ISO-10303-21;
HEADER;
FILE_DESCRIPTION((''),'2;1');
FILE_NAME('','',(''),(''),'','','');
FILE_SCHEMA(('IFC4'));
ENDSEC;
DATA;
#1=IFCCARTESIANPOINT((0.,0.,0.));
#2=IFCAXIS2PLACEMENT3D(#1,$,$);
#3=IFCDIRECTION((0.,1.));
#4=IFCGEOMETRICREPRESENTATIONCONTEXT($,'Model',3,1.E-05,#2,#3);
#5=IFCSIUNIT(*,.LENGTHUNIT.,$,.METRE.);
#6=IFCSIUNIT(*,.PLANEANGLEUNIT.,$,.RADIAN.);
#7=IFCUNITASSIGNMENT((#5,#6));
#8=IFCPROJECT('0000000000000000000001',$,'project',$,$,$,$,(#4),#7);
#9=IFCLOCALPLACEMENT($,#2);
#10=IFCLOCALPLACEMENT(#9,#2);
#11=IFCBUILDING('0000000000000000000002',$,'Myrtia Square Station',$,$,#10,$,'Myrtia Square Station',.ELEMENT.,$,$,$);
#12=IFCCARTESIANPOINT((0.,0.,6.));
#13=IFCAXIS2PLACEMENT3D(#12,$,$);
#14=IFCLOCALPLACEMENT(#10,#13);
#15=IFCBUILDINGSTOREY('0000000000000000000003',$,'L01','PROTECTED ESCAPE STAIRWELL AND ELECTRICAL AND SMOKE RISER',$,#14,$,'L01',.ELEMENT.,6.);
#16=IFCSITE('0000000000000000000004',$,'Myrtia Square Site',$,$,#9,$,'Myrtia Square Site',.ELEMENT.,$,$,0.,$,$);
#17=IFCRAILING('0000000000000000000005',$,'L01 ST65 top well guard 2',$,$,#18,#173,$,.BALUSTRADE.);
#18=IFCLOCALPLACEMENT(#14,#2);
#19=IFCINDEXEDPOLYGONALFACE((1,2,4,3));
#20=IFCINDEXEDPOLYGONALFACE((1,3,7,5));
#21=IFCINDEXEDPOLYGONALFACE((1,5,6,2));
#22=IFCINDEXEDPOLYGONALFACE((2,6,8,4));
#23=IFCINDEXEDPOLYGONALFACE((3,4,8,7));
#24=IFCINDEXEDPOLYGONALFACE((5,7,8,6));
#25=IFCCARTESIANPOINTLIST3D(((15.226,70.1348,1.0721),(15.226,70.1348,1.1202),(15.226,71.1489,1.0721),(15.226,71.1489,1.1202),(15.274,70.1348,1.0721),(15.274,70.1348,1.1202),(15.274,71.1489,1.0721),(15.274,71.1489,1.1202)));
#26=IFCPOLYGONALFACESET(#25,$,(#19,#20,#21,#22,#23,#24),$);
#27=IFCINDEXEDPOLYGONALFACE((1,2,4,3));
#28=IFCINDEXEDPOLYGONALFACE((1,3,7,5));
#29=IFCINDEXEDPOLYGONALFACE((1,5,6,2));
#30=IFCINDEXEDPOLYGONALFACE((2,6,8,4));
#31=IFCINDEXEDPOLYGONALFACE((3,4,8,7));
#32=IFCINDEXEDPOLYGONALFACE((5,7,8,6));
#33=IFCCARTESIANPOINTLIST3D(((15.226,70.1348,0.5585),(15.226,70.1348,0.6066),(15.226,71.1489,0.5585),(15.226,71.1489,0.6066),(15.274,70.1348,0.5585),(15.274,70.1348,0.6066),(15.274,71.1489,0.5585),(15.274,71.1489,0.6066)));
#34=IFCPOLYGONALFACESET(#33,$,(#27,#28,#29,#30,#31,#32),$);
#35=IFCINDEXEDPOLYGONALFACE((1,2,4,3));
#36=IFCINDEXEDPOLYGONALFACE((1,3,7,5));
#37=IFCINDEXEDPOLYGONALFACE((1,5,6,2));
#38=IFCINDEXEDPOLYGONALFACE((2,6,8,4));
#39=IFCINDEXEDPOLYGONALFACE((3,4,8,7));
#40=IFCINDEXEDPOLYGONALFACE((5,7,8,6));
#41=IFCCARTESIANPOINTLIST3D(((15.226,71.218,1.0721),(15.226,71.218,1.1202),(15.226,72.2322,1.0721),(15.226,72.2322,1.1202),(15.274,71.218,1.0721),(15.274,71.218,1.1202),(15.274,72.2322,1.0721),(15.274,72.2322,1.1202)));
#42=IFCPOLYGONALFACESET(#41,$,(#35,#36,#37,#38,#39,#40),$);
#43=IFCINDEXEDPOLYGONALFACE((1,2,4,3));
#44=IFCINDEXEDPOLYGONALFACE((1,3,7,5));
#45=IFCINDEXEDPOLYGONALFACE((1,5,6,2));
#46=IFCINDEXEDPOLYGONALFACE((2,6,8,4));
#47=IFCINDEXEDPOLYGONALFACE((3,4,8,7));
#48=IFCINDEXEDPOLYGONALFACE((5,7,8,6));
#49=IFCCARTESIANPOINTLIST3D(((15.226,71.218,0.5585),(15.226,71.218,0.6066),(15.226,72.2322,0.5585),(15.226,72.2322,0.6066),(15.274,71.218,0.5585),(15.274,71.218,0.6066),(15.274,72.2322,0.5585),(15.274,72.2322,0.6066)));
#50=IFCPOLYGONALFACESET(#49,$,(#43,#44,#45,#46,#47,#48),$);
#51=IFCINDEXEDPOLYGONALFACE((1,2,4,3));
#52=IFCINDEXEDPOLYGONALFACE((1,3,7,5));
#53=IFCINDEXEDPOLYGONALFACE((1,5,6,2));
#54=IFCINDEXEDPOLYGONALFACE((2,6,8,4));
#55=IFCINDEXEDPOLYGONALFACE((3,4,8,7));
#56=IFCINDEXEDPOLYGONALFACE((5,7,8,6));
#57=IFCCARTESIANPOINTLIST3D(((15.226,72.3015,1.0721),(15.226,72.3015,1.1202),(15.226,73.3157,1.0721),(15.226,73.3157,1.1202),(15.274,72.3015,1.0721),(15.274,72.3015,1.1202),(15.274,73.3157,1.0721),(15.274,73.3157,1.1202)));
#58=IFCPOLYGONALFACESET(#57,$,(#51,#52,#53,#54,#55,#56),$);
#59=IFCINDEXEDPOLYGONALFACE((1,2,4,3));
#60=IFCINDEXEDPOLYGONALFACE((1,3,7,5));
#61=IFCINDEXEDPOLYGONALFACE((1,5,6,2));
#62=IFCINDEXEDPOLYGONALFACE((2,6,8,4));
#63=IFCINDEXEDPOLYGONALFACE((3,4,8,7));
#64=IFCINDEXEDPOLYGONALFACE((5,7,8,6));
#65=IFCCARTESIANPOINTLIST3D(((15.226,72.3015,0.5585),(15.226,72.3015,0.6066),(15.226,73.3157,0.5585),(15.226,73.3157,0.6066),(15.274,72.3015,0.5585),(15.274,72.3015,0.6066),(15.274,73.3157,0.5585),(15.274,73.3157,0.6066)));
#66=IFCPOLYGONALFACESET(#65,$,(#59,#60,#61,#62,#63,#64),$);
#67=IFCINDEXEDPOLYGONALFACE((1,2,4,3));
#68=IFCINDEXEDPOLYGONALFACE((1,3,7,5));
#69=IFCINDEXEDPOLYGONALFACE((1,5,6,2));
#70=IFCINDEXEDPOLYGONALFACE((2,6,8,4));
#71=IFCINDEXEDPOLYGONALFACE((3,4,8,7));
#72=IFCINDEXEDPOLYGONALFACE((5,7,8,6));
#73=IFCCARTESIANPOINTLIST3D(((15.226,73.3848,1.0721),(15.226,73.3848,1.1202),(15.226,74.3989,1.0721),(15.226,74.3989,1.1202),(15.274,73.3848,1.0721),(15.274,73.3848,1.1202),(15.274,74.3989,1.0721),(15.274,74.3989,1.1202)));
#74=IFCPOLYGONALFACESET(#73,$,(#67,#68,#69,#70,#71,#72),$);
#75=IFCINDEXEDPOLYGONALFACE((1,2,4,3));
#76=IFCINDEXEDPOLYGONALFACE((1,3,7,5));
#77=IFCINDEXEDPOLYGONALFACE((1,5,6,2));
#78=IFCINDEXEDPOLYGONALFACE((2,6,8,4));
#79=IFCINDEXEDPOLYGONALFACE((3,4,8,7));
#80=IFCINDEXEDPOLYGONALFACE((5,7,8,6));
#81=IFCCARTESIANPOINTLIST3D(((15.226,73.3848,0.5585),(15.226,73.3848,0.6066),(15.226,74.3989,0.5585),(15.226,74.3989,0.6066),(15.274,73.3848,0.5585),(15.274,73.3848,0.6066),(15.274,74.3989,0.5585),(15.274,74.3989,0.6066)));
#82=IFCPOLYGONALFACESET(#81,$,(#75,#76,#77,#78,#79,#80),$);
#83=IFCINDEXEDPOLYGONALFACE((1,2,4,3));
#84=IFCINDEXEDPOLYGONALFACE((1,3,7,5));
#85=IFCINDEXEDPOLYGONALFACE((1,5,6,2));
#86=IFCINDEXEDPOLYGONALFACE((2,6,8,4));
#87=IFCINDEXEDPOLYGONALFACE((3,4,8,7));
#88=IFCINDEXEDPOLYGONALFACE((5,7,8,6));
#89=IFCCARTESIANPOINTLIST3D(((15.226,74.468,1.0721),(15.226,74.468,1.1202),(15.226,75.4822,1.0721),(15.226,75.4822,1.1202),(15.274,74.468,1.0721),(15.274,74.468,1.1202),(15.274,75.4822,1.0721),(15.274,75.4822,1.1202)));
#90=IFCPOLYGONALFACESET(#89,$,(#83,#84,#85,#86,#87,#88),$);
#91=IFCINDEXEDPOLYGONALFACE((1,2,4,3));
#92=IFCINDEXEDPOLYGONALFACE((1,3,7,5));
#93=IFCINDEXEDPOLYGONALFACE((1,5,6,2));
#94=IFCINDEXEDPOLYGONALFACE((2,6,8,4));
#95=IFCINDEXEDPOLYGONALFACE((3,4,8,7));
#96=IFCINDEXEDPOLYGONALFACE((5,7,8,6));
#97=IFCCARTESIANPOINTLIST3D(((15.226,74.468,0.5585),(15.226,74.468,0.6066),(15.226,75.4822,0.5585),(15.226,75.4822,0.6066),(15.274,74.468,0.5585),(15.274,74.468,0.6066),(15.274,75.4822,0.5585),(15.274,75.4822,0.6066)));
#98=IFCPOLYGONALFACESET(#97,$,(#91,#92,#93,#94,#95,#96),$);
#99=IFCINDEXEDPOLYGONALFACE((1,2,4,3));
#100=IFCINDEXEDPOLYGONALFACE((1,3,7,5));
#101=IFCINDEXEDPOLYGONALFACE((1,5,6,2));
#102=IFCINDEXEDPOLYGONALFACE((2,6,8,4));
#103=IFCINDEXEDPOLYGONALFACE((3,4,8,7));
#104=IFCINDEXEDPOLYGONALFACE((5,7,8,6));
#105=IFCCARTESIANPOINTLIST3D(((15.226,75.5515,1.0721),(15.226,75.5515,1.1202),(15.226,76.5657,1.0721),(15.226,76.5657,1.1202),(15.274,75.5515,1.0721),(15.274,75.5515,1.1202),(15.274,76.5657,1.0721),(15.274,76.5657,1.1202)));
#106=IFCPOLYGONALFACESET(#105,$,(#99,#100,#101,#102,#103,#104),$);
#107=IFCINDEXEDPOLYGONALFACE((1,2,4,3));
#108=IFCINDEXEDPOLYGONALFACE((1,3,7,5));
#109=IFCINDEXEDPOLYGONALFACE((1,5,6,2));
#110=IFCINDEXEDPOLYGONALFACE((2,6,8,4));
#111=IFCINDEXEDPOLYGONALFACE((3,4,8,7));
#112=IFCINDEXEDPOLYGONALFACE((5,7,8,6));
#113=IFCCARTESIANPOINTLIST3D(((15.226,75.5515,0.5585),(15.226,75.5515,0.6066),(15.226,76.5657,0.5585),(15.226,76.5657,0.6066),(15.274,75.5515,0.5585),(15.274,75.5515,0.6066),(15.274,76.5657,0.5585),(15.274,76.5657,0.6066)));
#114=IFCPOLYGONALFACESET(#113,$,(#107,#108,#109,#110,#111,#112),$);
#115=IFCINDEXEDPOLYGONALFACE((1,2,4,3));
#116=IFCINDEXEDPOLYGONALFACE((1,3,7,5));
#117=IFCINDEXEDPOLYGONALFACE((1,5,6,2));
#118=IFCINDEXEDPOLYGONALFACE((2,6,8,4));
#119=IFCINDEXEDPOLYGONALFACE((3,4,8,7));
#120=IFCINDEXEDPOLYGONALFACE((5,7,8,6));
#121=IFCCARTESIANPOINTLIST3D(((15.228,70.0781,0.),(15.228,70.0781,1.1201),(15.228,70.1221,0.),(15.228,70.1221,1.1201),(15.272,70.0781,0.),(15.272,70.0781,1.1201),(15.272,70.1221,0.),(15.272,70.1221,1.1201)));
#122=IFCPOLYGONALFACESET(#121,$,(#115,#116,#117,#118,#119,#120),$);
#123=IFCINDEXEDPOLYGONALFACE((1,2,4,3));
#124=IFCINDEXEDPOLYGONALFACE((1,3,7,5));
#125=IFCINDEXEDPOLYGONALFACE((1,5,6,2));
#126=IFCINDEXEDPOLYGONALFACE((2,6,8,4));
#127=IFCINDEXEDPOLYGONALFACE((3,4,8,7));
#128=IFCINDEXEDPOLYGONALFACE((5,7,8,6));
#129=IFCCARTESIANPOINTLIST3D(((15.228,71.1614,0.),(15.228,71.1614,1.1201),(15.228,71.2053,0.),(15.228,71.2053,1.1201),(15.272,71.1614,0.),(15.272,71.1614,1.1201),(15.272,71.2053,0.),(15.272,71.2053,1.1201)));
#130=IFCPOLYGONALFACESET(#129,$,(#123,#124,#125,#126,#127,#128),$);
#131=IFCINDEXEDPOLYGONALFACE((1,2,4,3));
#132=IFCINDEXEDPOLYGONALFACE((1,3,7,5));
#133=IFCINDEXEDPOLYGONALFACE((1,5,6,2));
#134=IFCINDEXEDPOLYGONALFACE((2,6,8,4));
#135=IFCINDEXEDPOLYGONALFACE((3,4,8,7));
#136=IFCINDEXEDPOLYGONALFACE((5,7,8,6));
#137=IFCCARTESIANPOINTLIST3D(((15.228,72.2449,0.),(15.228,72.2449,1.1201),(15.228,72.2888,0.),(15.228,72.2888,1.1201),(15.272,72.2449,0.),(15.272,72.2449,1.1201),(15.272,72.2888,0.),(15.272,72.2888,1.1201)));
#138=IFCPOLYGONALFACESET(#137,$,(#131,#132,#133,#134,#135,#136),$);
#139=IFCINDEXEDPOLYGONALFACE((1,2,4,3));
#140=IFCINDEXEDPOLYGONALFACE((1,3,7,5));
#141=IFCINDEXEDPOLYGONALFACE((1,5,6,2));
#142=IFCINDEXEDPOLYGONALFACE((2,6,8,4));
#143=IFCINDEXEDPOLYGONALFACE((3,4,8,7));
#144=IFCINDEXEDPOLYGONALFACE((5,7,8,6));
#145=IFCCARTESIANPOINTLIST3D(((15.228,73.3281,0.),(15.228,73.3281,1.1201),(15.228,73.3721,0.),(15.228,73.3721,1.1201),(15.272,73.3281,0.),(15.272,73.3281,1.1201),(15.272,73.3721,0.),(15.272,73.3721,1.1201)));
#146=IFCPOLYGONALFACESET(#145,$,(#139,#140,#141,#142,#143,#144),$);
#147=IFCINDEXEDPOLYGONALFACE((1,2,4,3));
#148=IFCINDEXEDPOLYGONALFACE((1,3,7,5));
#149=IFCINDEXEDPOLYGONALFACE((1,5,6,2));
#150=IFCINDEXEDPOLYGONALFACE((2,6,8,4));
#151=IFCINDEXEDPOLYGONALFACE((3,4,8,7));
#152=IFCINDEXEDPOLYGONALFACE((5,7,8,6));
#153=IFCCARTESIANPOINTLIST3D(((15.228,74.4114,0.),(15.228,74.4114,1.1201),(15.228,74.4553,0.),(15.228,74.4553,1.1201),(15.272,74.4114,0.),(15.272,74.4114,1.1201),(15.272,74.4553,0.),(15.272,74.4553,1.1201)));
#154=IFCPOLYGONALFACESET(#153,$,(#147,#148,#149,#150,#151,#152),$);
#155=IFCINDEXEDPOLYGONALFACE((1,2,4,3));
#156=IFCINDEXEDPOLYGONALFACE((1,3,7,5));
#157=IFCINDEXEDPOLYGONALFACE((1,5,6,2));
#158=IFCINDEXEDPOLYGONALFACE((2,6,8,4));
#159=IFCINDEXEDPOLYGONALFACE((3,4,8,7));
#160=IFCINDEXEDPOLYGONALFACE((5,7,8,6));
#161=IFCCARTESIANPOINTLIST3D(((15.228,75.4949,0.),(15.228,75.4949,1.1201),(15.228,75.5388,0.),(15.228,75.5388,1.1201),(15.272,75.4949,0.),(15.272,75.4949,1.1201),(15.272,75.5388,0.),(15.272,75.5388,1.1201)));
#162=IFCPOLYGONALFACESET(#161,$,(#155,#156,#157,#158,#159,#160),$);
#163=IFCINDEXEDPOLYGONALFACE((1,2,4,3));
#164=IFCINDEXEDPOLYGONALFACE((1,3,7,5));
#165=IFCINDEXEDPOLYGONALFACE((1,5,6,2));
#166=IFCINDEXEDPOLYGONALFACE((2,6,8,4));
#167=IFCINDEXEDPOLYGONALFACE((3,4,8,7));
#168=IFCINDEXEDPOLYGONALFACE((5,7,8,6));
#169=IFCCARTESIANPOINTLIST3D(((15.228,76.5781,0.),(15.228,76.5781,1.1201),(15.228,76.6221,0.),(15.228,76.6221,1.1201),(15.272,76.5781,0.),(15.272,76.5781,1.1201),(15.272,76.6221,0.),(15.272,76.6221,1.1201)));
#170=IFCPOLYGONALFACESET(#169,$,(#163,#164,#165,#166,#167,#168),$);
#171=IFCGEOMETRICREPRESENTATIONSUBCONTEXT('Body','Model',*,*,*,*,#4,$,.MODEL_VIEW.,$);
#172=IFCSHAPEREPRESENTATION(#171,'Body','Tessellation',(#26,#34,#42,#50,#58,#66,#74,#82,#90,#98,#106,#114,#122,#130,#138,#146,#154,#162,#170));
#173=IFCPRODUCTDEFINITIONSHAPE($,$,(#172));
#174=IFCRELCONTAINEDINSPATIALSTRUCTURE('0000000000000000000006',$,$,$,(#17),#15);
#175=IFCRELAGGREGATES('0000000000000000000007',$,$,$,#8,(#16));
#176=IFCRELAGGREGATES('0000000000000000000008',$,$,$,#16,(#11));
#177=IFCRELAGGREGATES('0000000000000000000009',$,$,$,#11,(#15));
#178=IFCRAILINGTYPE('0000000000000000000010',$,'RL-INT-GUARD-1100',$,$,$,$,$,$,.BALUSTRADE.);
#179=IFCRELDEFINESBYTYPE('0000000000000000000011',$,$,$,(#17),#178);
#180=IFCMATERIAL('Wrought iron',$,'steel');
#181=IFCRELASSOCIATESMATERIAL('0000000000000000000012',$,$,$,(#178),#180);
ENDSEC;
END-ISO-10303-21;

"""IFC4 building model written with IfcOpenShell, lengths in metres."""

from ifc_helpers import new_model, si_unit, direction, frame, origin, origin_2d, place, context, subcontext, project, spatial, rectangle, extrude, material, type_object, element, save


model = new_model("IFC4")

# Units and contexts
model_context = context("Model", 3, precision=1e-05, world=origin(), true_north=direction((0.0, 1.0)))
body_context = subcontext(model_context, "Body", "Model", "MODEL_VIEW")
ifc_project = project(units=[si_unit("LENGTHUNIT", "METRE"), si_unit("PLANEANGLEUNIT", "RADIAN")], contexts=[model_context])

# Site, building, storey
site_placement = place(None, origin())
site = spatial("IfcSite", under=ifc_project, at=site_placement, Name="Myrtia Square Site", LongName="Myrtia Square Site", CompositionType="ELEMENT", RefElevation=0.0)
building_placement = place(site_placement, origin())
building = spatial("IfcBuilding", under=site, at=building_placement, Name="Myrtia Square Station", LongName="Myrtia Square Station", CompositionType="ELEMENT")
storey_placement = place(building_placement, frame((0.0, 0.0, 6.0)))
storey = spatial("IfcBuildingStorey", under=building, at=storey_placement, Name="L01", Description="PROTECTED ESCAPE STAIRWELL AND ELECTRICAL AND SMOKE RISER", LongName="L01", CompositionType="ELEMENT", Elevation=6.0)

# Railing
ifc_material_1 = material(Name="Wrought iron", Category="steel")
railing_type = type_object("IfcRailingType", Name="RL-INT-GUARD-1100", PredefinedType="BALUSTRADE", material=ifc_material_1)
railing_1_placement = place(storey_placement, frame((15.25, 70.1001, 0.0)))
element("IfcRailing", 1, at=railing_1_placement, inside=storey, type_object=railing_type, Name="L01 ST65 top well guard 2", PredefinedType="BALUSTRADE", context=body_context, shape_type="SweptSolid", body=[
    extrude(rectangle(XDim=0.0481, YDim=0.0481, at=origin_2d()), frame((0.0, 0.0347, 1.0962), z_axis=(0.0, 1.0, 0.0), x_axis=(-1.0, 0.0, 0.0)), (0.0, 0.0, 1.0), 1.0142),
    extrude(rectangle(XDim=0.0481, YDim=0.0481, at=origin_2d()), frame((0.0, 0.0347, 0.5825), z_axis=(0.0, 1.0, 0.0), x_axis=(-1.0, 0.0, 0.0)), (0.0, 0.0, 1.0), 1.0142),
    extrude(rectangle(XDim=0.0481, YDim=0.0481, at=origin_2d()), frame((0.0, 1.1179, 1.0962), z_axis=(0.0, 1.0, 0.0), x_axis=(-1.0, 0.0, 0.0)), (0.0, 0.0, 1.0), 1.0142),
    extrude(rectangle(XDim=0.0481, YDim=0.0481, at=origin_2d()), frame((0.0, 1.1179, 0.5825), z_axis=(0.0, 1.0, 0.0), x_axis=(-1.0, 0.0, 0.0)), (0.0, 0.0, 1.0), 1.0142),
    extrude(rectangle(XDim=0.0481, YDim=0.0481, at=origin_2d()), frame((0.0, 2.2014, 1.0962), z_axis=(0.0, 1.0, 0.0), x_axis=(-1.0, 0.0, 0.0)), (0.0, 0.0, 1.0), 1.0142),
    extrude(rectangle(XDim=0.0481, YDim=0.0481, at=origin_2d()), frame((0.0, 2.2014, 0.5825), z_axis=(0.0, 1.0, 0.0), x_axis=(-1.0, 0.0, 0.0)), (0.0, 0.0, 1.0), 1.0142),
    extrude(rectangle(XDim=0.0481, YDim=0.0481, at=origin_2d()), frame((0.0, 3.2847, 1.0962), z_axis=(0.0, 1.0, 0.0), x_axis=(-1.0, 0.0, 0.0)), (0.0, 0.0, 1.0), 1.0142),
    extrude(rectangle(XDim=0.0481, YDim=0.0481, at=origin_2d()), frame((0.0, 3.2847, 0.5825), z_axis=(0.0, 1.0, 0.0), x_axis=(-1.0, 0.0, 0.0)), (0.0, 0.0, 1.0), 1.0142),
    extrude(rectangle(XDim=0.0481, YDim=0.0481, at=origin_2d()), frame((0.0, 4.3679, 1.0962), z_axis=(0.0, 1.0, 0.0), x_axis=(-1.0, 0.0, 0.0)), (0.0, 0.0, 1.0), 1.0142),
    extrude(rectangle(XDim=0.0481, YDim=0.0481, at=origin_2d()), frame((0.0, 4.3679, 0.5825), z_axis=(0.0, 1.0, 0.0), x_axis=(-1.0, 0.0, 0.0)), (0.0, 0.0, 1.0), 1.0142),
    extrude(rectangle(XDim=0.0481, YDim=0.0481, at=origin_2d()), frame((0.0, 5.4514, 1.0962), z_axis=(0.0, 1.0, 0.0), x_axis=(-1.0, 0.0, 0.0)), (0.0, 0.0, 1.0), 1.0142),
    extrude(rectangle(XDim=0.0481, YDim=0.0481, at=origin_2d()), frame((0.0, 5.4514, 0.5825), z_axis=(0.0, 1.0, 0.0), x_axis=(-1.0, 0.0, 0.0)), (0.0, 0.0, 1.0), 1.0142),
    extrude(rectangle(XDim=0.0439, YDim=0.0439, at=origin_2d()), origin(), (0.0, 0.0, 1.0), 1.1201),
    extrude(rectangle(XDim=0.0439, YDim=0.0439, at=origin_2d()), frame((0.0, 1.0833, 0.0)), (0.0, 0.0, 1.0), 1.1201),
    extrude(rectangle(XDim=0.0439, YDim=0.0439, at=origin_2d()), frame((0.0, 2.1667, 0.0)), (0.0, 0.0, 1.0), 1.1201),
    extrude(rectangle(XDim=0.0439, YDim=0.0439, at=origin_2d()), frame((0.0, 3.25, 0.0)), (0.0, 0.0, 1.0), 1.1201),
    extrude(rectangle(XDim=0.0439, YDim=0.0439, at=origin_2d()), frame((0.0, 4.3333, 0.0)), (0.0, 0.0, 1.0), 1.1201),
    extrude(rectangle(XDim=0.0439, YDim=0.0439, at=origin_2d()), frame((0.0, 5.4167, 0.0)), (0.0, 0.0, 1.0), 1.1201),
    extrude(rectangle(XDim=0.0439, YDim=0.0439, at=origin_2d()), frame((0.0, 6.5, 0.0)), (0.0, 0.0, 1.0), 1.1201),
])

save(model, "model.ifc")
